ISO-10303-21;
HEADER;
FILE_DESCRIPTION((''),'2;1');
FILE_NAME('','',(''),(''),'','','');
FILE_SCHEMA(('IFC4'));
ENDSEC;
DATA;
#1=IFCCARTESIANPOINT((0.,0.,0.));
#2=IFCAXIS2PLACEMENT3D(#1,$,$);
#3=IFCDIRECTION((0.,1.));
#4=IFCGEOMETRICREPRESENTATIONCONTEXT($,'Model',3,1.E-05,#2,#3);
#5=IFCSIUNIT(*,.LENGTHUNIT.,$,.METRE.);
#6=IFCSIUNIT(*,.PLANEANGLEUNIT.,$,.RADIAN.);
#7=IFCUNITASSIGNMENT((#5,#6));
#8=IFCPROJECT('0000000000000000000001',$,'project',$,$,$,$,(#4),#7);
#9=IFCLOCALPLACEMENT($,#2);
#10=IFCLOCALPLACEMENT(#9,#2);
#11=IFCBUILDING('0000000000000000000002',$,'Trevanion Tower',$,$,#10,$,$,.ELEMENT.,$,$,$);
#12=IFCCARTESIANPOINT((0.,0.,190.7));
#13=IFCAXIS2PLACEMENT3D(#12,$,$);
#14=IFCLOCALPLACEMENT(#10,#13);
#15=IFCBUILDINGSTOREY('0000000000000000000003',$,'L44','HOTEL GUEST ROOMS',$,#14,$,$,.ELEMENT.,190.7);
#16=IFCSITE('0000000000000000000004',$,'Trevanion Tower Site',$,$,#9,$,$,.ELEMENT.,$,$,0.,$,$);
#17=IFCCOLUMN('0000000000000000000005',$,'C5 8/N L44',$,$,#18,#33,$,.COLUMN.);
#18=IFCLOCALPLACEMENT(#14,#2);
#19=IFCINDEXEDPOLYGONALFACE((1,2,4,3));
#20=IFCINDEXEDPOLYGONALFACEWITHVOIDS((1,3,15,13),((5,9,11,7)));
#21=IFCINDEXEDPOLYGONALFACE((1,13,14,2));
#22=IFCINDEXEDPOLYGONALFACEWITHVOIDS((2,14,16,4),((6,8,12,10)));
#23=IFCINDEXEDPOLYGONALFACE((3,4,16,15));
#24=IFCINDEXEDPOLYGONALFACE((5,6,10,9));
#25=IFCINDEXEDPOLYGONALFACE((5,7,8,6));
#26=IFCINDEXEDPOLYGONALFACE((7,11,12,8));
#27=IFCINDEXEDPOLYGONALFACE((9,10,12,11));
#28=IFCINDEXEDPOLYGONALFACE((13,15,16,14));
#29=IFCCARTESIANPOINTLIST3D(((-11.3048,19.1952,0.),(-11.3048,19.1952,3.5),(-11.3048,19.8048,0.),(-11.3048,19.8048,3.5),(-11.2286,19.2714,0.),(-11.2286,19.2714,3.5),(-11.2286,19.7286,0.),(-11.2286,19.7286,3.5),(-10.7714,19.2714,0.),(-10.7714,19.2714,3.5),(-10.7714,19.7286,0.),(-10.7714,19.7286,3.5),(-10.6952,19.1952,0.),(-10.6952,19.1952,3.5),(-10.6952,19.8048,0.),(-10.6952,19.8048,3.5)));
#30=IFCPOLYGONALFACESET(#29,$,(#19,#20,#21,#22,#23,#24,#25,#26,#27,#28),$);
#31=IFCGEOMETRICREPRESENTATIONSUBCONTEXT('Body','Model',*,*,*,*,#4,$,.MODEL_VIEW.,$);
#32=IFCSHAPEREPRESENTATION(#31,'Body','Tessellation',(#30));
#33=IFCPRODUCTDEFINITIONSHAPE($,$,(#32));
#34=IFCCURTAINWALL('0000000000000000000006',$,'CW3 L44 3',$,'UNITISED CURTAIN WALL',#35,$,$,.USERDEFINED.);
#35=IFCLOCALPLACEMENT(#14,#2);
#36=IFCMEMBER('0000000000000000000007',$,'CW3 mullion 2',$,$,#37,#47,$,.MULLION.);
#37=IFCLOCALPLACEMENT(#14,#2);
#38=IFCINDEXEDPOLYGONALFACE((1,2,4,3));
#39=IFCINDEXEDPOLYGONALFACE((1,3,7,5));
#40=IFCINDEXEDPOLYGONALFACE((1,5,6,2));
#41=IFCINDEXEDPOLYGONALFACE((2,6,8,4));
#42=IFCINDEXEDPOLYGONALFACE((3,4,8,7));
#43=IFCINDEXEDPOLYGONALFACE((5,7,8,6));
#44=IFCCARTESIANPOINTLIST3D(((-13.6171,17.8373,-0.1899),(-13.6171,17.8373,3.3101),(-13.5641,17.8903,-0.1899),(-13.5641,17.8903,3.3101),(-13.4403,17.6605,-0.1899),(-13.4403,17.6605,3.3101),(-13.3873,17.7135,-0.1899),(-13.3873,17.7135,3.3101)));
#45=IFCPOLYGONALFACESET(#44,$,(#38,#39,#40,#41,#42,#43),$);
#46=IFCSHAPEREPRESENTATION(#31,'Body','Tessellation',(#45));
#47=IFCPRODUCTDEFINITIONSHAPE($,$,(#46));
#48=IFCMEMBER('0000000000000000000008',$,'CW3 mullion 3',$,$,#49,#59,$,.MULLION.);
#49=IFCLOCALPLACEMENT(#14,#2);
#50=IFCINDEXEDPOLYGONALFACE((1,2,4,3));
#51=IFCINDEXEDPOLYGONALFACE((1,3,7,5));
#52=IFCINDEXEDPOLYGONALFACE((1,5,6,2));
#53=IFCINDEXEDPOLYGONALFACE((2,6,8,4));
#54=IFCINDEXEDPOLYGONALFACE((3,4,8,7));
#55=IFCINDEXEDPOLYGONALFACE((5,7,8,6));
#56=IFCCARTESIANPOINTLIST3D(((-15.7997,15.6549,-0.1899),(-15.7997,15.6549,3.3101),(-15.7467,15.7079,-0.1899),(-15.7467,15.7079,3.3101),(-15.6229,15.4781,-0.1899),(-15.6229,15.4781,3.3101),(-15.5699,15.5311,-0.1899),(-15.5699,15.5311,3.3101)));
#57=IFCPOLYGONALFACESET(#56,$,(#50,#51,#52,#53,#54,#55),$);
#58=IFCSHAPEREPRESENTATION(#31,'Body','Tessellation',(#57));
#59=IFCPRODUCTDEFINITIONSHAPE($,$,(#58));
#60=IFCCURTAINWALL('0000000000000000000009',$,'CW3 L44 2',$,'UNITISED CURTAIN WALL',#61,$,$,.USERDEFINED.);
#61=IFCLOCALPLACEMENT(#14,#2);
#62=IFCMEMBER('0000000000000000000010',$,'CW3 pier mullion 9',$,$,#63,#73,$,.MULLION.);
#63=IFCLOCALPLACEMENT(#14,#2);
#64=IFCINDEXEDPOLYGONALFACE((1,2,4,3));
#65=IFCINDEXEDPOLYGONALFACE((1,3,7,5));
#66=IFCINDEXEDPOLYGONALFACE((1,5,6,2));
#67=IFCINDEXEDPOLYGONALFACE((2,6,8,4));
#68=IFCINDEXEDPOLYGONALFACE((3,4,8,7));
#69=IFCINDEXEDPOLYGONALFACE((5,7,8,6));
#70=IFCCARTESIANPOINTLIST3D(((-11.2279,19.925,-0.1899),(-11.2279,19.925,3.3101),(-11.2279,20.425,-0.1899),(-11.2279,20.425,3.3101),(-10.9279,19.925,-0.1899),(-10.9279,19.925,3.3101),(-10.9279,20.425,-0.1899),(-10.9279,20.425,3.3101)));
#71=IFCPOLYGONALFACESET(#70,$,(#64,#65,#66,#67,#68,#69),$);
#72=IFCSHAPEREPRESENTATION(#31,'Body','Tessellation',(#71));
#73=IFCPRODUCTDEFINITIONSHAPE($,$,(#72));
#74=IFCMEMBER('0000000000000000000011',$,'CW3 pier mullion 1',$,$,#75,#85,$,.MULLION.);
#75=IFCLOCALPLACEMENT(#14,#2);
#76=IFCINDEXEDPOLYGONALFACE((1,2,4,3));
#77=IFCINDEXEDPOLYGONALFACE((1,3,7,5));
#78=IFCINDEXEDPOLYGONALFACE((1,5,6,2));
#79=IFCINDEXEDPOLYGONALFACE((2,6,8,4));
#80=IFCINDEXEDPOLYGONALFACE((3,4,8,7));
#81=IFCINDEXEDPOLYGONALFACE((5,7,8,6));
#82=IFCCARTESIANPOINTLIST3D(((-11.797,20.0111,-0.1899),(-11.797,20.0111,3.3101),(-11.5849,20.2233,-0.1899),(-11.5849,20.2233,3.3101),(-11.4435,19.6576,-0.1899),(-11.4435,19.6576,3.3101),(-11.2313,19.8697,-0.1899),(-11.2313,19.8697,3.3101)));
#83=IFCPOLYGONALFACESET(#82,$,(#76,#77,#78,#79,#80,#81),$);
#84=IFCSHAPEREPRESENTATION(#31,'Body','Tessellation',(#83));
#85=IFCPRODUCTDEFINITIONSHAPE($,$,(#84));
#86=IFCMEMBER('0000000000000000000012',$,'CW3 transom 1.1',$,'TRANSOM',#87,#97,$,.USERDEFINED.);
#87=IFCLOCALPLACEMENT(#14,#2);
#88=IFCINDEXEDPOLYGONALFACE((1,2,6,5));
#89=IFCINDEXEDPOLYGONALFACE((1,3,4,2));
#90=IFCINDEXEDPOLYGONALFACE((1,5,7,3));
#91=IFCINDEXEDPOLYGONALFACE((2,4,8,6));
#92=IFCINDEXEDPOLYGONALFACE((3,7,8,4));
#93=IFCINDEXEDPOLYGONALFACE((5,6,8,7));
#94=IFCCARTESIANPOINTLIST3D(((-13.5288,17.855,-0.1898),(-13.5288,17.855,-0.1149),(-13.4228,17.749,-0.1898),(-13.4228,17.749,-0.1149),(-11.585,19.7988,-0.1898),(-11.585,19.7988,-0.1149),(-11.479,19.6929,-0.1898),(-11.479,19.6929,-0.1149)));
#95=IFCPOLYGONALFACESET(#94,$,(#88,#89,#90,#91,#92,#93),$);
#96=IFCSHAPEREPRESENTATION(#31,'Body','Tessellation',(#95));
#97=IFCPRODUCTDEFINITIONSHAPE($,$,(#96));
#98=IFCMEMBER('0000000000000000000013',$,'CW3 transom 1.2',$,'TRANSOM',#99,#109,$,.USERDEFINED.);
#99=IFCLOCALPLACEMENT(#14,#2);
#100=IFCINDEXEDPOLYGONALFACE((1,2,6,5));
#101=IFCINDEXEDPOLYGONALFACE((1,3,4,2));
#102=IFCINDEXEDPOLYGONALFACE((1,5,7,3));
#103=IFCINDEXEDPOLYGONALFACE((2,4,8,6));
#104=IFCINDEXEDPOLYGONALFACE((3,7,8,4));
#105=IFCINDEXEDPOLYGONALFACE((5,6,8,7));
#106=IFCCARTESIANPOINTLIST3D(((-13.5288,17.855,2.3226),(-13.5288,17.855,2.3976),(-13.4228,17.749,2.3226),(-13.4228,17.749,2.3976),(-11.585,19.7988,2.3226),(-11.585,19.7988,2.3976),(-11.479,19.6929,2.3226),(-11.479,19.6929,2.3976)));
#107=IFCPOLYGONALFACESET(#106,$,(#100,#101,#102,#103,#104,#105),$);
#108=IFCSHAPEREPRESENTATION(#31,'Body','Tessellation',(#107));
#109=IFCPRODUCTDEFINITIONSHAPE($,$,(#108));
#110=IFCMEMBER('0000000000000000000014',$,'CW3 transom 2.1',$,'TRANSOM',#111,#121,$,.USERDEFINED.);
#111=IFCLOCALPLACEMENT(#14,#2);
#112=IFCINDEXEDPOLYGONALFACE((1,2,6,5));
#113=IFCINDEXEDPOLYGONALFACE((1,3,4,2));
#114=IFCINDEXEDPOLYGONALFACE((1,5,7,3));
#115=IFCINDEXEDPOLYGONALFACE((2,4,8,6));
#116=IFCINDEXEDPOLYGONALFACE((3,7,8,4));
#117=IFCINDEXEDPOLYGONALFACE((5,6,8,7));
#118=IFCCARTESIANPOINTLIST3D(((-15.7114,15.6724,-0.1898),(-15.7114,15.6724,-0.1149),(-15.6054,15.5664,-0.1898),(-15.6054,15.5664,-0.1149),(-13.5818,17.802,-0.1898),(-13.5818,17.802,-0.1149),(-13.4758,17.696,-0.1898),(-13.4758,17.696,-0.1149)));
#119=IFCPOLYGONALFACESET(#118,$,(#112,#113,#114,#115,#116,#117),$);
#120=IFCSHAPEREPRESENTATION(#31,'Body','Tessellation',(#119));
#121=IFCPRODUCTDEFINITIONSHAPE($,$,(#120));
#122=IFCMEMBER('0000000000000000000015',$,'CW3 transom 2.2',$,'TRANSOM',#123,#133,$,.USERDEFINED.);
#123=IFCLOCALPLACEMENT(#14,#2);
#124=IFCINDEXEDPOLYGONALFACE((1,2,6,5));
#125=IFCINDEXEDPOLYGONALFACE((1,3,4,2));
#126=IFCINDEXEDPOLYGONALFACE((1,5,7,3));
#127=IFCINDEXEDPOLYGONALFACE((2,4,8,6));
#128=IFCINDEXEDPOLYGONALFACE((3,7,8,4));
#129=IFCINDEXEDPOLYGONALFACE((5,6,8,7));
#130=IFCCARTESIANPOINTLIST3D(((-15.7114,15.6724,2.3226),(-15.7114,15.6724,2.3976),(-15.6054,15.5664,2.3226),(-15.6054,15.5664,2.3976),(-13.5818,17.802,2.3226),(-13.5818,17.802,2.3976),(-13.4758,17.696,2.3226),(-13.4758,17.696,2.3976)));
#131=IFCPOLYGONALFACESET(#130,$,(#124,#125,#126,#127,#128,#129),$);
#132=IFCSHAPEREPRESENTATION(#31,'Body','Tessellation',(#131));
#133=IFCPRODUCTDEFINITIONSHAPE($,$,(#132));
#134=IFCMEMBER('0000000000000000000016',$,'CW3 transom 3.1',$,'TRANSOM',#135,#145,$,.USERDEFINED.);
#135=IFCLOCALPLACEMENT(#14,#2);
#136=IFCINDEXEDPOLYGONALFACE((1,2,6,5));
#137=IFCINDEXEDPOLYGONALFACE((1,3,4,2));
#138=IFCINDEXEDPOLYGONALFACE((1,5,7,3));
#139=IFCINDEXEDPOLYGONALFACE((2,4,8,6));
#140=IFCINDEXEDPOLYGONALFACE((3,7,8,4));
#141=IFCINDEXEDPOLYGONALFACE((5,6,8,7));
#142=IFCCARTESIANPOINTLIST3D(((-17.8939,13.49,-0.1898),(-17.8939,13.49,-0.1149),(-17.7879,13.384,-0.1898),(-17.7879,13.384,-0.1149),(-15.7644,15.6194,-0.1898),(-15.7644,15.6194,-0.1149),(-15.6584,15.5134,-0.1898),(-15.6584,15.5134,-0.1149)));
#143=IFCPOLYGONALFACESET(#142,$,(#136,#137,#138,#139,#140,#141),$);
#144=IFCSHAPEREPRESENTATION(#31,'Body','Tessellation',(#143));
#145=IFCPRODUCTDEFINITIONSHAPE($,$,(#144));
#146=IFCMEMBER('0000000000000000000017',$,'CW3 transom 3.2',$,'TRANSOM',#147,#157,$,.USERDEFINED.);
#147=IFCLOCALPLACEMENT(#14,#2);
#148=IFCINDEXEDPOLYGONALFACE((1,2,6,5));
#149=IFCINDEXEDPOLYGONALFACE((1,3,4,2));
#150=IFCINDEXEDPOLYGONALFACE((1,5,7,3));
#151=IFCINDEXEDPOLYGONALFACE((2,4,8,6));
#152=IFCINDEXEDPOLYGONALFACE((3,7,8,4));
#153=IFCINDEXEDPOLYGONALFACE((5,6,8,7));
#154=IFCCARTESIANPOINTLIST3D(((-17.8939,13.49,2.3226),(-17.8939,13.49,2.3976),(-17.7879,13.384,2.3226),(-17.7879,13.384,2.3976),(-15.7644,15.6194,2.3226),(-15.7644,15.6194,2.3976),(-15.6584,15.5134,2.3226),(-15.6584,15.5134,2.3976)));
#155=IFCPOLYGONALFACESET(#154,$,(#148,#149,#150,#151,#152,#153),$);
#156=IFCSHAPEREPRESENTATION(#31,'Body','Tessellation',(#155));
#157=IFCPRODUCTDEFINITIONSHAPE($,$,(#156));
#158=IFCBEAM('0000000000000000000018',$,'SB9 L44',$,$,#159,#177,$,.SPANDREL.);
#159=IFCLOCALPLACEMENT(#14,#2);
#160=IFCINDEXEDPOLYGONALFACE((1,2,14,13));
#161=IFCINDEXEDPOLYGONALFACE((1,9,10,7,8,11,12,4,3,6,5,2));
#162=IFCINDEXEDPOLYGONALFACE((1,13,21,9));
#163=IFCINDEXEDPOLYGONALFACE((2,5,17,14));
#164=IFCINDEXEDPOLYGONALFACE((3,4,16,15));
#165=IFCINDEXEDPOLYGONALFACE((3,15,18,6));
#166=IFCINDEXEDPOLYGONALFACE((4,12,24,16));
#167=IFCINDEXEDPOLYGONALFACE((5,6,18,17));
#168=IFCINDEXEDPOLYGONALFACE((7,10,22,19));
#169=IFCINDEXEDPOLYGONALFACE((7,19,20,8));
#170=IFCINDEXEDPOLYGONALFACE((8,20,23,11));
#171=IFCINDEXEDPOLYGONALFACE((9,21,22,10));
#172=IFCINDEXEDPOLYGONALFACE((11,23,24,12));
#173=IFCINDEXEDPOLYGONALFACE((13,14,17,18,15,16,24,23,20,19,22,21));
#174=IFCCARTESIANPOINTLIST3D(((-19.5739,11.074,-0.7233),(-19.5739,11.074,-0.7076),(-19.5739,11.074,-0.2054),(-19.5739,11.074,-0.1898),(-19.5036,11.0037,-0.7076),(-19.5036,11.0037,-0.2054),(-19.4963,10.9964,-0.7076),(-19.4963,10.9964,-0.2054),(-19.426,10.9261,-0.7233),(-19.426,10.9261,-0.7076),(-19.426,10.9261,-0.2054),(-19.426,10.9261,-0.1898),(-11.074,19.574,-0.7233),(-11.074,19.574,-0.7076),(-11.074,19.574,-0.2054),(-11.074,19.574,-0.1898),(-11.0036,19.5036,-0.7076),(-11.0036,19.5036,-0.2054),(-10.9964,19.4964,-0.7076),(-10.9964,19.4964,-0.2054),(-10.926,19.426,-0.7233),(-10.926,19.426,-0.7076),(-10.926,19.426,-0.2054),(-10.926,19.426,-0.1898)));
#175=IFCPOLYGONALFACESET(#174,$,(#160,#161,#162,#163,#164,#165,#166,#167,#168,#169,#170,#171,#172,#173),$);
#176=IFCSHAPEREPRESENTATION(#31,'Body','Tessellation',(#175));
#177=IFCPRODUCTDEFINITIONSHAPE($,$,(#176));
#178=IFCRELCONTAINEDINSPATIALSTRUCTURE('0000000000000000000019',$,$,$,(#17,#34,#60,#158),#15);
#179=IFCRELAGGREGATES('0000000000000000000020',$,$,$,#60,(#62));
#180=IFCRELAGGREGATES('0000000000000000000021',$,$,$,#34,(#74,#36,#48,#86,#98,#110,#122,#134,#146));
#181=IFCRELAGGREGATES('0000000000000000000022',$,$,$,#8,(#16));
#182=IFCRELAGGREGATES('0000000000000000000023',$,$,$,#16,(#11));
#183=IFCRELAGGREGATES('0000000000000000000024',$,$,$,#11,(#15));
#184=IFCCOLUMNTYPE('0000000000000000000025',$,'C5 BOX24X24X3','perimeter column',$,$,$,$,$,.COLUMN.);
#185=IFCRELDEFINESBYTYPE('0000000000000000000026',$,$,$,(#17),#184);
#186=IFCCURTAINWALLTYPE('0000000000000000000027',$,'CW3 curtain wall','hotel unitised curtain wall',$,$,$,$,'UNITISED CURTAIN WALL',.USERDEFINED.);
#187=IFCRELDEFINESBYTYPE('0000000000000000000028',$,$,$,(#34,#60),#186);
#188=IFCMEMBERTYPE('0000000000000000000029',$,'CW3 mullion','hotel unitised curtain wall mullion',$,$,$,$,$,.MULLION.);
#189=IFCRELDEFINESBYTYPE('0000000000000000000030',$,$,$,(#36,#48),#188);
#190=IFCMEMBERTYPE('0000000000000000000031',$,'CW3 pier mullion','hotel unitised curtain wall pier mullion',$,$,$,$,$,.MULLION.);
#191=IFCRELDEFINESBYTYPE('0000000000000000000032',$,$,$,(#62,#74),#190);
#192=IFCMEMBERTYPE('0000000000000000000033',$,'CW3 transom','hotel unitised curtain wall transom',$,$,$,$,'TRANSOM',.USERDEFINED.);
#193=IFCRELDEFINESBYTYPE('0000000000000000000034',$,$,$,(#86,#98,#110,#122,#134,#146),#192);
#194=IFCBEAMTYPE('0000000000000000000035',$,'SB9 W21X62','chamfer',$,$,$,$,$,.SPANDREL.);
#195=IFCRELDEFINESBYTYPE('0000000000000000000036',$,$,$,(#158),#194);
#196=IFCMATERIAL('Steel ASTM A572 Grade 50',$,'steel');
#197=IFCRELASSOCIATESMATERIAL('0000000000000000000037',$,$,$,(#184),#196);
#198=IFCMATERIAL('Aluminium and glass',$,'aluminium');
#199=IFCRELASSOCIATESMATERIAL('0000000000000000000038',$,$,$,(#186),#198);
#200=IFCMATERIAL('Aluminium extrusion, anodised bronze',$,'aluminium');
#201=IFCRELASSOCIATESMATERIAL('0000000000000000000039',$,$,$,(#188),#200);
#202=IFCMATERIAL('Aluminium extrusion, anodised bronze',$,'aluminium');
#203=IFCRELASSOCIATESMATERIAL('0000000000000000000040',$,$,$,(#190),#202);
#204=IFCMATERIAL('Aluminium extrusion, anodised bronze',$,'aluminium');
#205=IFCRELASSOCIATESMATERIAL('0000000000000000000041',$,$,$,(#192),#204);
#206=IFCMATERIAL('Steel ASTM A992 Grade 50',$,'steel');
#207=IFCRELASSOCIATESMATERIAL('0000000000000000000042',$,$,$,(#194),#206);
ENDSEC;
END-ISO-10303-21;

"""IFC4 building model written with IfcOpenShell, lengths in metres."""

from ifc_helpers import new_model, si_unit, direction, frame, origin, origin_2d, place, context, subcontext, project, spatial, rectangle, hollow_rectangle, i_section, extrude, material, material_profile, profile_set, type_object, element, aggregate, save


model = new_model("IFC4")

# Units and contexts
model_context = context("Model", 3, precision=1e-05, world=origin(), true_north=direction((0.0, 1.0)))
body_context = subcontext(model_context, "Body", "Model", "MODEL_VIEW")
ifc_project = project(units=[si_unit("LENGTHUNIT", "METRE"), si_unit("PLANEANGLEUNIT", "RADIAN")], contexts=[model_context])

# Site, building, storey
site_placement = place(None, origin())
site = spatial("IfcSite", under=ifc_project, at=site_placement, Name="Trevanion Tower Site", CompositionType="ELEMENT", RefElevation=0.0)
building_placement = place(site_placement, origin())
building = spatial("IfcBuilding", under=site, at=building_placement, Name="Trevanion Tower", CompositionType="ELEMENT")
storey_placement = place(building_placement, frame((0.0, 0.0, 190.7)))
storey = spatial("IfcBuildingStorey", under=building, at=storey_placement, Name="L44", Description="HOTEL GUEST ROOMS", CompositionType="ELEMENT", Elevation=190.7)

# Column
ifc_material_1 = material(Name="Steel ASTM A572 Grade 50", Category="steel")
ifc_material_profile_1 = material_profile(ifc_material_1, hollow_rectangle(XDim=0.6096, YDim=0.6096, WallThickness=0.0762, at=origin_2d()), Name="BOX24X24X3")
ifc_profile_set_1 = profile_set([ifc_material_profile_1], Name="Steel ASTM A572 Grade 50")
column_type = type_object("IfcColumnType", Name="C5 BOX24X24X3", Description="perimeter column", PredefinedType="COLUMN", material=ifc_profile_set_1)
column_placement = place(storey_placement, frame((-11.0, 19.5, 0.0), z_axis=(0.0, 0.0, 1.0), x_axis=(1.0, 0.0, 0.0)))
element("IfcColumn", 1, at=column_placement, inside=storey, type_object=column_type, Name="C5 8/N L44", PredefinedType="COLUMN", context=body_context, shape_type="SweptSolid", body=[
    extrude(hollow_rectangle(XDim=0.6096, YDim=0.6096, WallThickness=0.0762, at=origin_2d()), origin(), (0.0, 0.0, 1.0), 3.5),
])

# Curtain wall, members
ifc_material_2 = material(Name="Aluminium and glass", Category="aluminium")
curtain_wall_type = type_object("IfcCurtainWallType", Name="CW3 curtain wall", Description="hotel unitised curtain wall", ElementType="UNITISED CURTAIN WALL", PredefinedType="USERDEFINED", material=ifc_material_2)
curtain_wall_1_placement = place(storey_placement, origin())
curtain_wall_1 = element("IfcCurtainWall", 2, at=curtain_wall_1_placement, inside=storey, type_object=curtain_wall_type, Name="CW3 L44 3", ObjectType="UNITISED CURTAIN WALL", PredefinedType="USERDEFINED")
ifc_material_3 = material(Name="Aluminium extrusion, anodised bronze", Category="aluminium")
ifc_material_profile_2 = material_profile(ifc_material_3, rectangle(XDim=0.075, YDim=0.25, at=origin_2d()), Name="CW3 mullion")
ifc_profile_set_2 = profile_set([ifc_material_profile_2], Name="Aluminium extrusion, anodised bronze")
member_type_1 = type_object("IfcMemberType", Name="CW3 mullion", Description="hotel unitised curtain wall mullion", PredefinedType="MULLION", material=ifc_profile_set_2)
member_1_placement = place(storey_placement, frame((-13.5022, 17.7754, -0.1899), z_axis=(0.0, 0.0, 1.0), x_axis=(-0.707107, -0.707107, 0.0)))
member_1 = element("IfcMember", 3, at=member_1_placement, type_object=member_type_1, Name="CW3 mullion 2", PredefinedType="MULLION", context=body_context, shape_type="SweptSolid", body=[
    extrude(rectangle(XDim=0.075, YDim=0.25, at=origin_2d()), origin(), (0.0, 0.0, 1.0), 3.5),
])
member_2_placement = place(storey_placement, frame((-15.6848, 15.593, -0.1899), z_axis=(0.0, 0.0, 1.0), x_axis=(-0.707107, -0.707107, 0.0)))
member_2 = element("IfcMember", 4, at=member_2_placement, type_object=member_type_1, Name="CW3 mullion 3", PredefinedType="MULLION", context=body_context, shape_type="SweptSolid", body=[
    extrude(rectangle(XDim=0.075, YDim=0.25, at=origin_2d()), origin(), (0.0, 0.0, 1.0), 3.5),
])

# Curtain wall, member
curtain_wall_2_placement = place(storey_placement, origin())
curtain_wall_2 = element("IfcCurtainWall", 5, at=curtain_wall_2_placement, inside=storey, type_object=curtain_wall_type, Name="CW3 L44 2", ObjectType="UNITISED CURTAIN WALL", PredefinedType="USERDEFINED")
ifc_material_4 = material(Name="Aluminium extrusion, anodised bronze", Category="aluminium")
ifc_material_profile_3 = material_profile(ifc_material_4, rectangle(XDim=0.3, YDim=0.5, at=origin_2d()), Name="CW3 pier mullion")
ifc_profile_set_3 = profile_set([ifc_material_profile_3], Name="Aluminium extrusion, anodised bronze")
member_type_2 = type_object("IfcMemberType", Name="CW3 pier mullion", Description="hotel unitised curtain wall pier mullion", PredefinedType="MULLION", material=ifc_profile_set_3)
member_3_placement = place(storey_placement, frame((-11.0779, 20.175, -0.1899), z_axis=(0.0, 0.0, 1.0), x_axis=(-1.0, 0.0, 0.0)))
member_3 = element("IfcMember", 6, at=member_3_placement, type_object=member_type_2, Name="CW3 pier mullion 9", PredefinedType="MULLION", context=body_context, shape_type="SweptSolid", body=[
    extrude(rectangle(XDim=0.3, YDim=0.5, at=origin_2d()), origin(), (0.0, 0.0, 1.0), 3.5),
])
aggregate(curtain_wall_2, [member_3])

# Members
member_4_placement = place(storey_placement, frame((-11.5142, 19.9404, -0.1899), z_axis=(0.0, 0.0, 1.0), x_axis=(-0.707107, -0.707107, 0.0)))
member_4 = element("IfcMember", 7, at=member_4_placement, type_object=member_type_2, Name="CW3 pier mullion 1", PredefinedType="MULLION", context=body_context, shape_type="SweptSolid", body=[
    extrude(rectangle(XDim=0.3, YDim=0.5, at=origin_2d()), origin(), (0.0, 0.0, 1.0), 3.5),
])
ifc_material_5 = material(Name="Aluminium extrusion, anodised bronze", Category="aluminium")
ifc_material_profile_4 = material_profile(ifc_material_5, rectangle(XDim=0.1499, YDim=0.075, at=origin_2d()), Name="CW3 transom")
ifc_profile_set_4 = profile_set([ifc_material_profile_4], Name="Aluminium extrusion, anodised bronze")
member_type_3 = type_object("IfcMemberType", Name="CW3 transom", Description="hotel unitised curtain wall transom", ElementType="TRANSOM", PredefinedType="USERDEFINED", material=ifc_profile_set_4)
member_5_placement = place(storey_placement, frame((-11.532, 19.7458, -0.1523), z_axis=(-0.707107, -0.707107, 0.0), x_axis=(0.707107, -0.707107, 0.0)))
member_5 = element("IfcMember", 8, at=member_5_placement, type_object=member_type_3, Name="CW3 transom 1.1", ObjectType="TRANSOM", PredefinedType="USERDEFINED", context=body_context, shape_type="SweptSolid", body=[
    extrude(rectangle(XDim=0.1499, YDim=0.075, at=origin_2d()), origin(), (0.0, 0.0, 1.0), 2.749),
])
member_6_placement = place(storey_placement, frame((-11.532, 19.7458, 2.3601), z_axis=(-0.707107, -0.707107, 0.0), x_axis=(0.707107, -0.707107, 0.0)))
member_6 = element("IfcMember", 9, at=member_6_placement, type_object=member_type_3, Name="CW3 transom 1.2", ObjectType="TRANSOM", PredefinedType="USERDEFINED", context=body_context, shape_type="SweptSolid", body=[
    extrude(rectangle(XDim=0.1499, YDim=0.075, at=origin_2d()), origin(), (0.0, 0.0, 1.0), 2.749),
])
member_7_placement = place(storey_placement, frame((-13.5288, 17.749, -0.1523), z_axis=(-0.707107, -0.707107, 0.0), x_axis=(0.707107, -0.707107, 0.0)))
member_7 = element("IfcMember", 10, at=member_7_placement, type_object=member_type_3, Name="CW3 transom 2.1", ObjectType="TRANSOM", PredefinedType="USERDEFINED", context=body_context, shape_type="SweptSolid", body=[
    extrude(rectangle(XDim=0.1499, YDim=0.075, at=origin_2d()), origin(), (0.0, 0.0, 1.0), 3.0117),
])
member_8_placement = place(storey_placement, frame((-13.5288, 17.749, 2.3601), z_axis=(-0.707107, -0.707107, 0.0), x_axis=(0.707107, -0.707107, 0.0)))
member_8 = element("IfcMember", 11, at=member_8_placement, type_object=member_type_3, Name="CW3 transom 2.2", ObjectType="TRANSOM", PredefinedType="USERDEFINED", context=body_context, shape_type="SweptSolid", body=[
    extrude(rectangle(XDim=0.1499, YDim=0.075, at=origin_2d()), origin(), (0.0, 0.0, 1.0), 3.0117),
])
member_9_placement = place(storey_placement, frame((-15.7114, 15.5664, -0.1523), z_axis=(-0.707107, -0.707107, 0.0), x_axis=(0.707107, -0.707107, 0.0)))
member_9 = element("IfcMember", 12, at=member_9_placement, type_object=member_type_3, Name="CW3 transom 3.1", ObjectType="TRANSOM", PredefinedType="USERDEFINED", context=body_context, shape_type="SweptSolid", body=[
    extrude(rectangle(XDim=0.1499, YDim=0.075, at=origin_2d()), origin(), (0.0, 0.0, 1.0), 3.0115),
])
member_10_placement = place(storey_placement, frame((-15.7114, 15.5664, 2.3601), z_axis=(-0.707107, -0.707107, 0.0), x_axis=(0.707107, -0.707107, 0.0)))
member_10 = element("IfcMember", 13, at=member_10_placement, type_object=member_type_3, Name="CW3 transom 3.2", ObjectType="TRANSOM", PredefinedType="USERDEFINED", context=body_context, shape_type="SweptSolid", body=[
    extrude(rectangle(XDim=0.1499, YDim=0.075, at=origin_2d()), origin(), (0.0, 0.0, 1.0), 3.0115),
])

# Beam
ifc_material_6 = material(Name="Steel ASTM A992 Grade 50", Category="steel")
ifc_material_profile_5 = material_profile(ifc_material_6, i_section(OverallWidth=0.2092, OverallDepth=0.5334, WebThickness=0.0103, FlangeThickness=0.0156, at=origin_2d()), Name="W21X62")
ifc_profile_set_5 = profile_set([ifc_material_profile_5], Name="Steel ASTM A992 Grade 50")
beam_type = type_object("IfcBeamType", Name="SB9 W21X62", Description="chamfer", PredefinedType="SPANDREL", material=ifc_profile_set_5)
beam_placement = place(storey_placement, frame((-11.0, 19.5, -0.4565), z_axis=(-0.707107, -0.707107, 0.0), x_axis=(0.707107, -0.707107, 0.0)))
element("IfcBeam", 14, at=beam_placement, inside=storey, type_object=beam_type, Name="SB9 L44", PredefinedType="SPANDREL", context=body_context, shape_type="SweptSolid", body=[
    extrude(i_section(OverallWidth=0.2092, OverallDepth=0.5334, WebThickness=0.0103, FlangeThickness=0.0156, at=origin_2d()), origin(), (0.0, 0.0, 1.0), 12.0208),
])

aggregate(curtain_wall_1, [member_4, member_1, member_2, member_5, member_6, member_7, member_8, member_9, member_10])

save(model, "model.ifc")
